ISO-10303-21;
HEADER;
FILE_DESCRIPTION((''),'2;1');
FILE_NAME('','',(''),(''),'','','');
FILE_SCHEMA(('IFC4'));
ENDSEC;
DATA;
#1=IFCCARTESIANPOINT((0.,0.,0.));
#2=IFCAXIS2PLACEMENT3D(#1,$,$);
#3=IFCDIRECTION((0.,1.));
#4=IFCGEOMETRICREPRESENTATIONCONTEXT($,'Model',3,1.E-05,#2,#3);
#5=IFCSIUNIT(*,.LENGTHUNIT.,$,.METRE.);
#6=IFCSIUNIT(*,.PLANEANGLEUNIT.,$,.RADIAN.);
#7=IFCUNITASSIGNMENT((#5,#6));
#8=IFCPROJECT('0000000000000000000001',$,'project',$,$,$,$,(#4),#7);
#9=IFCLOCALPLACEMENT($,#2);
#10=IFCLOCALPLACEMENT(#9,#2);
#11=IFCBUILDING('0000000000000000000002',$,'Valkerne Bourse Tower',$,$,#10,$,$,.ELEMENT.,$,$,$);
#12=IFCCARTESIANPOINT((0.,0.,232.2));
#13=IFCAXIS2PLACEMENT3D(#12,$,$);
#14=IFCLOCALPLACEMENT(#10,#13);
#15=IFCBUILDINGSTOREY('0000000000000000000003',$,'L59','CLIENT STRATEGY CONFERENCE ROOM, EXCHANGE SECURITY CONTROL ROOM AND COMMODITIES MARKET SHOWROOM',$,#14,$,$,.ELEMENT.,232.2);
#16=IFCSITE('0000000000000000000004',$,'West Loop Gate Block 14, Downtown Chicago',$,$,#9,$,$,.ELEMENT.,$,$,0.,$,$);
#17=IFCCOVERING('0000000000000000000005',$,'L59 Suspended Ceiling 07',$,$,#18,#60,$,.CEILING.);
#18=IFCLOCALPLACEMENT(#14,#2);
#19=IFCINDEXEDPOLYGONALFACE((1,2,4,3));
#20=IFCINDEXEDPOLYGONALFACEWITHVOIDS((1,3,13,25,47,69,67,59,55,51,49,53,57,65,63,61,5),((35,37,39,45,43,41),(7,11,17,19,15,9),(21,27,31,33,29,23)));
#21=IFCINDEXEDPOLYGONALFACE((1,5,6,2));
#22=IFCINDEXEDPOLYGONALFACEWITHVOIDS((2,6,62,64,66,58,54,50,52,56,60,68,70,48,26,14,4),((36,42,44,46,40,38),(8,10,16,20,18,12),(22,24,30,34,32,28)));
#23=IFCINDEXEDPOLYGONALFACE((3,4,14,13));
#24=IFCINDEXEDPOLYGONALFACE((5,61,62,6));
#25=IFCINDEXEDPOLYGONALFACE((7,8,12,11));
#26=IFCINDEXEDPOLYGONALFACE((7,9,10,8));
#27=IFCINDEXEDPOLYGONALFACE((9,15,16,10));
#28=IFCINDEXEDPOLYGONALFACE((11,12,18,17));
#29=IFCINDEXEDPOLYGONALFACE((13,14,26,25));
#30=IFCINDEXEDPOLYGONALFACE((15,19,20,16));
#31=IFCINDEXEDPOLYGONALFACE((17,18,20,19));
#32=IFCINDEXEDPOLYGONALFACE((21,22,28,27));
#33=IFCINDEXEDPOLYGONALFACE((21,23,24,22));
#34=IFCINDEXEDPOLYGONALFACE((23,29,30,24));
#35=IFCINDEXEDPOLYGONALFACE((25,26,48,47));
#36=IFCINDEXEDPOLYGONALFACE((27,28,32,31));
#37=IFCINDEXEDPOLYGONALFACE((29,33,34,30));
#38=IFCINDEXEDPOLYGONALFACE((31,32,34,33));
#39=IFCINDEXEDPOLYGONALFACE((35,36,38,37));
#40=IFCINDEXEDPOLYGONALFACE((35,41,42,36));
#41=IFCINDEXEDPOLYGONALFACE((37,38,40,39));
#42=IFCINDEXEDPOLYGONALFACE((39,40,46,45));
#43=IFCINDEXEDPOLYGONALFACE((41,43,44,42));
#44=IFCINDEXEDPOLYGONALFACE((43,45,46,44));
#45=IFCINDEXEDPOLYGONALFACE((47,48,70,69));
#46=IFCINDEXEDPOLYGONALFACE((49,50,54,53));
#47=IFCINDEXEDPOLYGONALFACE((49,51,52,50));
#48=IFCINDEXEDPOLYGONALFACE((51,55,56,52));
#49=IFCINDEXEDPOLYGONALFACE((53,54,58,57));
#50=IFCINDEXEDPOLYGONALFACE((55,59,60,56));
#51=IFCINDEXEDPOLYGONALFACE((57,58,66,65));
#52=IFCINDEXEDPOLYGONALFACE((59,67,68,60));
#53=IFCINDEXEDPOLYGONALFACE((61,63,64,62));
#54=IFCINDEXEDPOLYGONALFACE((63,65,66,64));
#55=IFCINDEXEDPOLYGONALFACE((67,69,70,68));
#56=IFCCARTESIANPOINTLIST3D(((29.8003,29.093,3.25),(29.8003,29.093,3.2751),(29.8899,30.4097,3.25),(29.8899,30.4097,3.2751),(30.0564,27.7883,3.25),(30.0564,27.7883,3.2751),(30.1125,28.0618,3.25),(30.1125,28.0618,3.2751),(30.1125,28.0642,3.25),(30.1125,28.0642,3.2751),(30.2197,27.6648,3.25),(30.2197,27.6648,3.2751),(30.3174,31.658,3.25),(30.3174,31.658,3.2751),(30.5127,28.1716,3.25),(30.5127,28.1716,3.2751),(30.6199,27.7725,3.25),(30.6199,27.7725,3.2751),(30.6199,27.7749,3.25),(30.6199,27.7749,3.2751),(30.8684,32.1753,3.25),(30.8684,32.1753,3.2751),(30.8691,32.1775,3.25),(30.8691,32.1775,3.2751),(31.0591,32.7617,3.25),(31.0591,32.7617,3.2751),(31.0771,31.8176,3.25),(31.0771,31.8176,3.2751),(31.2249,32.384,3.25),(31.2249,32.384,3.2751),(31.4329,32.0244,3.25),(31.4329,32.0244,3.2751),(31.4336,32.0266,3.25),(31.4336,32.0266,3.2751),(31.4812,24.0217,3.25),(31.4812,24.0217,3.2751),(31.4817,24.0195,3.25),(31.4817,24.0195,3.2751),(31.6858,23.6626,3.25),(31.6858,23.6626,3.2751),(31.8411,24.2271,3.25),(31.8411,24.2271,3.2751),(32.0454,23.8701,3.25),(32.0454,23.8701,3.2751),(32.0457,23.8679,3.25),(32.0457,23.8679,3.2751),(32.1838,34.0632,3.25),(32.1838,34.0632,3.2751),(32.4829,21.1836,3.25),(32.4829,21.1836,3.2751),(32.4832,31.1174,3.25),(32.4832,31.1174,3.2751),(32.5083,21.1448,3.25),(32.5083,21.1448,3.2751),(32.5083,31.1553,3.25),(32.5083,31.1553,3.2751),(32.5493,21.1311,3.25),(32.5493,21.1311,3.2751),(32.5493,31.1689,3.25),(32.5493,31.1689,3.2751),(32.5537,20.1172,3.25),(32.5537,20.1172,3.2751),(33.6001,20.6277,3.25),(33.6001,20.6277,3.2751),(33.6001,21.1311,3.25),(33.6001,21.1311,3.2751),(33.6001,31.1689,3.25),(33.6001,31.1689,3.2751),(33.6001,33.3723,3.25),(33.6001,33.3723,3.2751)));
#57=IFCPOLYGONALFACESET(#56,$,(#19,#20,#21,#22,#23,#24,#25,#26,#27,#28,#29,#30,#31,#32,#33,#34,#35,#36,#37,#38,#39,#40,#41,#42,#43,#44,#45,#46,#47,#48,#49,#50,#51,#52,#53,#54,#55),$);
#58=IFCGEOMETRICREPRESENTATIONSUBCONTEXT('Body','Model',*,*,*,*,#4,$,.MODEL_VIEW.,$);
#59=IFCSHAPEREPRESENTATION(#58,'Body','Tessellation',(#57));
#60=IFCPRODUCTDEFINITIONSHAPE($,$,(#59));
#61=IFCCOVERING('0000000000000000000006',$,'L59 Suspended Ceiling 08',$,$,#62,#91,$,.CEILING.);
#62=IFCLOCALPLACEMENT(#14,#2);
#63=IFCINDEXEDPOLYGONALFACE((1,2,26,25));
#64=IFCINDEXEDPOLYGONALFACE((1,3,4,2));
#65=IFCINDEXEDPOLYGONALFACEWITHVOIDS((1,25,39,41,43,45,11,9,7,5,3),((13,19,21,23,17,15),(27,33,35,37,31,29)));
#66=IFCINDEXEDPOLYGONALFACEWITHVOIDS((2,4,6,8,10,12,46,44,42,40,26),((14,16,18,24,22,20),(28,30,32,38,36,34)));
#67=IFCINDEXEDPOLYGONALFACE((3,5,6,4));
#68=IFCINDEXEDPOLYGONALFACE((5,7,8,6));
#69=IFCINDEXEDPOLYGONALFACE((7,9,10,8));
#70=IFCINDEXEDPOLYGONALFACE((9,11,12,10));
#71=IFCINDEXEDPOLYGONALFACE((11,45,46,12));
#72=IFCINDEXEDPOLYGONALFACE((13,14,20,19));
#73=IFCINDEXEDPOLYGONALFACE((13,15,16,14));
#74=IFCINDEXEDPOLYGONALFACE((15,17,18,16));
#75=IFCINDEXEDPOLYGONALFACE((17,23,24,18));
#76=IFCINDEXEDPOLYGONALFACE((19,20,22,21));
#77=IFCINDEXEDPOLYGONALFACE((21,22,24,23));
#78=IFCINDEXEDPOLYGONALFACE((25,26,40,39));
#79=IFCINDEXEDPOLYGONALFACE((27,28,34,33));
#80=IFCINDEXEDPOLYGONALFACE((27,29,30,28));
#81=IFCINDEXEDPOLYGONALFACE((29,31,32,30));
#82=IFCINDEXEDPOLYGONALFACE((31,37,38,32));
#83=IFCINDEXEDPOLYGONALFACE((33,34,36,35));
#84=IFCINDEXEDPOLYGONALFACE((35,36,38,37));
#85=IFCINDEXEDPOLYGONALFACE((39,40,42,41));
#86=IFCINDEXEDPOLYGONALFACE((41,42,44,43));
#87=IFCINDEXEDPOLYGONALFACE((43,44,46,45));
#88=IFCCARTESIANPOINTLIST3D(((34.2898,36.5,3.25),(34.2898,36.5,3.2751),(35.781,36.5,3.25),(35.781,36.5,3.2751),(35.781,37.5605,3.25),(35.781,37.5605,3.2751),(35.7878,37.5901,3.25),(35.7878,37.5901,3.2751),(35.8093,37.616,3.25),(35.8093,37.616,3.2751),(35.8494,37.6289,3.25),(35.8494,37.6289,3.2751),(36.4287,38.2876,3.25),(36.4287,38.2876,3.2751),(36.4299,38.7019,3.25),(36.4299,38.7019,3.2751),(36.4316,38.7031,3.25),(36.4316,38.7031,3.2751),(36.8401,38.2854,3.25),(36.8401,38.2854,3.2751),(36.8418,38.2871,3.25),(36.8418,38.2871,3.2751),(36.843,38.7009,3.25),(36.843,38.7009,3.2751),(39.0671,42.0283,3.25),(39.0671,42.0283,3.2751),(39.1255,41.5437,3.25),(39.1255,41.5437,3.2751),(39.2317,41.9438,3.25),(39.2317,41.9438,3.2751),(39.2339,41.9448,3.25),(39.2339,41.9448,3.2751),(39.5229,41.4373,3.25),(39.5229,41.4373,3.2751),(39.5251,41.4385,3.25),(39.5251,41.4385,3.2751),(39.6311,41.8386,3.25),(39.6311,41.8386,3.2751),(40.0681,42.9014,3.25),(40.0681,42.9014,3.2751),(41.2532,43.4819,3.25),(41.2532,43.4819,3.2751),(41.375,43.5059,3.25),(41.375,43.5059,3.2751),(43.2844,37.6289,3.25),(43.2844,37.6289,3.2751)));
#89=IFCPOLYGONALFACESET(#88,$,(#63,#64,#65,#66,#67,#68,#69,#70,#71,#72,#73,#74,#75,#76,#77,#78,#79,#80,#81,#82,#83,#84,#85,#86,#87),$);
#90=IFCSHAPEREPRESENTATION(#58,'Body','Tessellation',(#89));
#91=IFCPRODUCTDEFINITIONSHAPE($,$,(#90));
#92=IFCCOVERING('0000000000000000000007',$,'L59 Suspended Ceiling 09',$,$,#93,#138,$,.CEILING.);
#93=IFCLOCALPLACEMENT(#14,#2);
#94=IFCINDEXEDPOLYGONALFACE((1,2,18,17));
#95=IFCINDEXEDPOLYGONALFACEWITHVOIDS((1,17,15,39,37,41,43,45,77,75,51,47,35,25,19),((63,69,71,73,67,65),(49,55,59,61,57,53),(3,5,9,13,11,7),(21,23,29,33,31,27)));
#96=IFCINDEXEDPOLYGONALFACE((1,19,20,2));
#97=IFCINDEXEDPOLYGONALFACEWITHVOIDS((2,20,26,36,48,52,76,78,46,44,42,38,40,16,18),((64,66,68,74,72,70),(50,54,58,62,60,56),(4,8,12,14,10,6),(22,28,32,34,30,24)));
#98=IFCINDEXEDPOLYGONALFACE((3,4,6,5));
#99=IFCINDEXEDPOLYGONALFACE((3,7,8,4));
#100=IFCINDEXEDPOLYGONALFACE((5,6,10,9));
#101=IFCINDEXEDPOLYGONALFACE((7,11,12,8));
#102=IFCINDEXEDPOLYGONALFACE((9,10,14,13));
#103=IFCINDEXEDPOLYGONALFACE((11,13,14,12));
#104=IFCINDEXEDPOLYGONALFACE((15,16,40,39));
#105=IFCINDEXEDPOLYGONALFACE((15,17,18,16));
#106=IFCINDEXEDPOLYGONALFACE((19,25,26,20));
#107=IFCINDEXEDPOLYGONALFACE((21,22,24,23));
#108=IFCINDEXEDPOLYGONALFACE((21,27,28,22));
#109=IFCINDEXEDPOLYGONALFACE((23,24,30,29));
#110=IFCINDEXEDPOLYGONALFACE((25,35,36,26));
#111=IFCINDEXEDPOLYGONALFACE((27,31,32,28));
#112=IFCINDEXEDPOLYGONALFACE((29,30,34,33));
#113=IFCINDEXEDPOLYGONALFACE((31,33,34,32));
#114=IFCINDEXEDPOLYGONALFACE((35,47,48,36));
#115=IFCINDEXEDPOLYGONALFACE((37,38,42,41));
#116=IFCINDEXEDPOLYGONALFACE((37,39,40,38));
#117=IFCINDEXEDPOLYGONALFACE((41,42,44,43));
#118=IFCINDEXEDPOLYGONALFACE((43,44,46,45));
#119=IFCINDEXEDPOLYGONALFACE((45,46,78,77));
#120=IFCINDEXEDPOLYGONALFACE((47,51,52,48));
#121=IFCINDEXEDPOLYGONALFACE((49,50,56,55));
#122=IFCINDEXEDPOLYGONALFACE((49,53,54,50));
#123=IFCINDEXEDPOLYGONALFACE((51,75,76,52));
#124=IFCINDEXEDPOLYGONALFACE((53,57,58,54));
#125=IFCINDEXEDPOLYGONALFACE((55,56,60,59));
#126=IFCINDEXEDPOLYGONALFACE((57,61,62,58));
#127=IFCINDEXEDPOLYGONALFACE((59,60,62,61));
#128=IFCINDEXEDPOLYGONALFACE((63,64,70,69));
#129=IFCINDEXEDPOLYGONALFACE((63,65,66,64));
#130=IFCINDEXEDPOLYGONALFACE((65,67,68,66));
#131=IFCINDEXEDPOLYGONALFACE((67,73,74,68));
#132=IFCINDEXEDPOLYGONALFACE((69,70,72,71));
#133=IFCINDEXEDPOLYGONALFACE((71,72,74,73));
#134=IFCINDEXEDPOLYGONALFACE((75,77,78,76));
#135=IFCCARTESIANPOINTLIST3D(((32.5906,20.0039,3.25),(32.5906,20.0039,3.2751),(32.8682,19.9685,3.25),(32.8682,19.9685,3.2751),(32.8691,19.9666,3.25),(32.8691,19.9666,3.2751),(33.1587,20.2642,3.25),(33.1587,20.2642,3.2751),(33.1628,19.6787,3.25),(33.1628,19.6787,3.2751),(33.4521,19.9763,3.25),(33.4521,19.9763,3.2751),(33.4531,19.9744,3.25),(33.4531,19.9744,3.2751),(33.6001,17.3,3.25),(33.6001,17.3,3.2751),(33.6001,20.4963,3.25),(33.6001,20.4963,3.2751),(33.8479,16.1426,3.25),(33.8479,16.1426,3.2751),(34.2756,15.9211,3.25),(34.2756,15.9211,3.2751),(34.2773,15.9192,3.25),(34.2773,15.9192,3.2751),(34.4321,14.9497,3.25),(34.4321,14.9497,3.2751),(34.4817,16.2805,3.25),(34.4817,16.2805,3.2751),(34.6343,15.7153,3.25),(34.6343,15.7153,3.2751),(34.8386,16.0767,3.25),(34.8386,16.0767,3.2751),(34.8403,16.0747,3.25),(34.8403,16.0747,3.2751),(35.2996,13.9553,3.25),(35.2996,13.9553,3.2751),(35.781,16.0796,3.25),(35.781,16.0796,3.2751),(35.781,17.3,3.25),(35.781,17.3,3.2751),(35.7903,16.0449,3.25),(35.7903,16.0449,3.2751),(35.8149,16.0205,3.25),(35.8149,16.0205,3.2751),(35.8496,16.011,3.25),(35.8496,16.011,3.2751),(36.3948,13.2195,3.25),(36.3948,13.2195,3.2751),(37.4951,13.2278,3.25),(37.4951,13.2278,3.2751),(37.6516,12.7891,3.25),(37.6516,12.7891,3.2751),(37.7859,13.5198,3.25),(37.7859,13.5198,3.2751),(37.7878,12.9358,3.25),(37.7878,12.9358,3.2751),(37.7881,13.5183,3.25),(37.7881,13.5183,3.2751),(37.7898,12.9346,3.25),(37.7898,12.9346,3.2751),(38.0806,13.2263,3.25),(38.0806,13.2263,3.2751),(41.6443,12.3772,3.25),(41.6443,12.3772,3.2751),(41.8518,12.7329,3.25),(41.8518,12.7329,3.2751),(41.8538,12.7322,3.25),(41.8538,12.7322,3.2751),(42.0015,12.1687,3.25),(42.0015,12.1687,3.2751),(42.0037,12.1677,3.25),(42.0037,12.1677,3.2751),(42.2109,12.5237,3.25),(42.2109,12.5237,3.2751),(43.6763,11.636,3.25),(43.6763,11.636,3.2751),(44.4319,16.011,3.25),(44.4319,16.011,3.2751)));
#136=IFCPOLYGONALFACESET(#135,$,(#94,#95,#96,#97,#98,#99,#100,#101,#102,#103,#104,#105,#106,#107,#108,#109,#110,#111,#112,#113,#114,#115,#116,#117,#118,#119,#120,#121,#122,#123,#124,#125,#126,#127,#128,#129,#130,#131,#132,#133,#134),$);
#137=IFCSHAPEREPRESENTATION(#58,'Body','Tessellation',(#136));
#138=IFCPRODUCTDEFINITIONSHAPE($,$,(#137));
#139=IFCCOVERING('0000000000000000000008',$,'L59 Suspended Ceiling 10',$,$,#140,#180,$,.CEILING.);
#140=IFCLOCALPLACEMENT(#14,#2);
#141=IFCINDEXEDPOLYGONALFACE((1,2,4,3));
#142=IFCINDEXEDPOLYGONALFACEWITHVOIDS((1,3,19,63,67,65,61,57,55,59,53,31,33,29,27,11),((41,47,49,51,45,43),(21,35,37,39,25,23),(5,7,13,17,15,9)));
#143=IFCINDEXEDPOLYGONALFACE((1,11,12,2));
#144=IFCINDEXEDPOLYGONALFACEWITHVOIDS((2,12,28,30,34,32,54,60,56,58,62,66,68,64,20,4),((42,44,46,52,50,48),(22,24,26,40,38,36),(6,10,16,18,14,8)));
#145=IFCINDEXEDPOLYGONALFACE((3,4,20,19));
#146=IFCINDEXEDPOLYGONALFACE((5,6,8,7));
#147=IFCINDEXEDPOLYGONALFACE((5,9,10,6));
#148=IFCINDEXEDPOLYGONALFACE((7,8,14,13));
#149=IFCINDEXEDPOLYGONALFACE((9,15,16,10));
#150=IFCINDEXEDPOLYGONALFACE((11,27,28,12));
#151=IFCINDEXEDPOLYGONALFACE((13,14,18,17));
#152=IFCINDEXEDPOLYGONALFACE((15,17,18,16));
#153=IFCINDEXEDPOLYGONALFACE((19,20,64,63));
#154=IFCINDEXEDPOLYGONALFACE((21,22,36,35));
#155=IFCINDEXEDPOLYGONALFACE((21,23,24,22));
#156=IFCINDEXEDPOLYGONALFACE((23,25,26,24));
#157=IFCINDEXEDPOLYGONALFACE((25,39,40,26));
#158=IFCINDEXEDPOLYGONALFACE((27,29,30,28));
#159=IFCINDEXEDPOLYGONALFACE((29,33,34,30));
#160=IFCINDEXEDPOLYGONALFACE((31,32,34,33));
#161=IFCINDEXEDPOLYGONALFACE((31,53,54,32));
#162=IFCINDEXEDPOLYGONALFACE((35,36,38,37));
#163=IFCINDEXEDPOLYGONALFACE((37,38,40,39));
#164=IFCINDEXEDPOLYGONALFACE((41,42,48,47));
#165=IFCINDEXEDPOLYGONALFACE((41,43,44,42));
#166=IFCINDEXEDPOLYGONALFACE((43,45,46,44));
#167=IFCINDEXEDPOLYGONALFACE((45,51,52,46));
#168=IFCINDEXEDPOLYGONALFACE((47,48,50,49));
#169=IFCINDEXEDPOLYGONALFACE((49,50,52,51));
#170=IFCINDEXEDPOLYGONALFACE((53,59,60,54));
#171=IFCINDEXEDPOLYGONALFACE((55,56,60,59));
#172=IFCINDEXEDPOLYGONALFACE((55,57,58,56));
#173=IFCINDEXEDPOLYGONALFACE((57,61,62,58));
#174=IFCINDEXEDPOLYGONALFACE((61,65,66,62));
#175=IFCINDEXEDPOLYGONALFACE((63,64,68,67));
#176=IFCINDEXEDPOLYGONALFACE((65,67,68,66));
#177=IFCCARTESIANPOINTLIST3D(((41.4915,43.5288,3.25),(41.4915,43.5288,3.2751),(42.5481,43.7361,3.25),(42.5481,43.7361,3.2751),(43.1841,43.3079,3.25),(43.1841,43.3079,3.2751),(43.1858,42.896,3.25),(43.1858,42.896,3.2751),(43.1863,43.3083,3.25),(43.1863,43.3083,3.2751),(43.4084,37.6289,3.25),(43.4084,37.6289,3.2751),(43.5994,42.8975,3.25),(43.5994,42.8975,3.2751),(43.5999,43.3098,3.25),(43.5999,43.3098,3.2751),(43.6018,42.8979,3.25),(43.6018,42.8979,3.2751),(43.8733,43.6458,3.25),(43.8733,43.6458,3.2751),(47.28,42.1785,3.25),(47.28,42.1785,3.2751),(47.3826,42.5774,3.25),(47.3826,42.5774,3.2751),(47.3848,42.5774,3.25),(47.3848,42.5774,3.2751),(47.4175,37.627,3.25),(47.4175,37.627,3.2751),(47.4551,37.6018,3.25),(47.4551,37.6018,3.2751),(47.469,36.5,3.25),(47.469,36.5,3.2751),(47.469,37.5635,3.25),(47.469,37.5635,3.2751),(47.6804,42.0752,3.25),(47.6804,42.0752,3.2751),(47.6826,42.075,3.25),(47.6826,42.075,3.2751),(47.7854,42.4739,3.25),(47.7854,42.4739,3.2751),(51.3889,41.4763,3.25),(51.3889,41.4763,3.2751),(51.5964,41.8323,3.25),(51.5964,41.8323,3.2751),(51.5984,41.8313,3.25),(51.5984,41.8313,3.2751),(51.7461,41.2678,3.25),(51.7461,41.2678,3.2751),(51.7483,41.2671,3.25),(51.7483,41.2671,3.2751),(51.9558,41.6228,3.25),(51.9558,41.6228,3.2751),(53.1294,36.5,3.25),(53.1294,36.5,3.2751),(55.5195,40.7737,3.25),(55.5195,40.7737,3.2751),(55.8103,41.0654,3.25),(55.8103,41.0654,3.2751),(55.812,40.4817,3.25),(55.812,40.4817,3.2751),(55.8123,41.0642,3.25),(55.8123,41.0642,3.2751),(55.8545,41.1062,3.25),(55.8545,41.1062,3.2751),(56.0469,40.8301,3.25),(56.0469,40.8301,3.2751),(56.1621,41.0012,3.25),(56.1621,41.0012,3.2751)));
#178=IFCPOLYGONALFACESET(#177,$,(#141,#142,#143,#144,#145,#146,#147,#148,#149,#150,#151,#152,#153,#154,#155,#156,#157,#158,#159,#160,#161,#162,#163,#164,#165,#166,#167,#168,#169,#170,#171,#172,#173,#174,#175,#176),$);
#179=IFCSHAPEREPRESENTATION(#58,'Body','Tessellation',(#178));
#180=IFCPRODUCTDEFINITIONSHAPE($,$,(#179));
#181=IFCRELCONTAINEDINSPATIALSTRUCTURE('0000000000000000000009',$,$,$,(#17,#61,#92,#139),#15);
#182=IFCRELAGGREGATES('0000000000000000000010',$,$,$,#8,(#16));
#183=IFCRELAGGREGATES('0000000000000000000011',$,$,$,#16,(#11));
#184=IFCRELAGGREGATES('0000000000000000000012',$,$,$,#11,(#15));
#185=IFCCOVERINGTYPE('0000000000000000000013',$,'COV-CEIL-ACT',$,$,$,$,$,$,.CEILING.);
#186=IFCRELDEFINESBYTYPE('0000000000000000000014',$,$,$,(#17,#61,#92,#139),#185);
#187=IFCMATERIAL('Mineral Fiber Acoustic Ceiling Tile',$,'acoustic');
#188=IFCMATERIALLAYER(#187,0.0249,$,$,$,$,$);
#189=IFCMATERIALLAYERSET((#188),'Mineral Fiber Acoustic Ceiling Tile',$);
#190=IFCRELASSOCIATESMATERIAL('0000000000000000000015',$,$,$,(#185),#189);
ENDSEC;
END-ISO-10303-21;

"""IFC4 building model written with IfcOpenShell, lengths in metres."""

from ifc_helpers import new_model, si_unit, direction, frame, origin, place, context, subcontext, project, spatial, polyline, outline, extrude, material, layer, layer_set, type_object, element, save


model = new_model("IFC4")

# Units and contexts
model_context = context("Model", 3, precision=1e-05, world=origin(), true_north=direction((0.0, 1.0)))
body_context = subcontext(model_context, "Body", "Model", "MODEL_VIEW")
ifc_project = project(units=[si_unit("LENGTHUNIT", "METRE"), si_unit("PLANEANGLEUNIT", "RADIAN")], contexts=[model_context])

# Site, building, storey
site_placement = place(None, origin())
site = spatial("IfcSite", under=ifc_project, at=site_placement, Name="West Loop Gate Block 14, Downtown Chicago", CompositionType="ELEMENT", RefElevation=0.0)
building_placement = place(site_placement, origin())
building = spatial("IfcBuilding", under=site, at=building_placement, Name="Valkerne Bourse Tower", CompositionType="ELEMENT")
storey_placement = place(building_placement, frame((0.0, 0.0, 232.2)))
storey = spatial("IfcBuildingStorey", under=building, at=storey_placement, Name="L59", Description="CLIENT STRATEGY CONFERENCE ROOM, EXCHANGE SECURITY CONTROL ROOM AND COMMODITIES MARKET SHOWROOM", CompositionType="ELEMENT", Elevation=232.2)

# Coverings
ifc_material_1 = material(Name="Mineral Fiber Acoustic Ceiling Tile", Category="acoustic")
ifc_layer_1 = layer(ifc_material_1, 0.0249)
ifc_layer_set_1 = layer_set([ifc_layer_1], Name="Mineral Fiber Acoustic Ceiling Tile")
covering_type_1 = type_object("IfcCoveringType", Name="COV-CEIL-ACT", PredefinedType="CEILING", material=ifc_layer_set_1)
covering_1_placement = place(storey_placement, frame((0.0, 0.0, 3.25)))
element("IfcCovering", 1, at=covering_1_placement, inside=storey, type_object=covering_type_1, Name="L59 Suspended Ceiling 07", PredefinedType="CEILING", context=body_context, shape_type="SweptSolid", body=[
    extrude(outline(polyline([(29.8899, 30.4097), (30.3174, 31.658), (31.0591, 32.7617), (32.1838, 34.0632), (33.6001, 33.3723), (33.6001, 31.1689), (32.5493, 31.1689), (32.5083, 31.1553), (32.4832, 31.1174), (32.4829, 21.1836), (32.5083, 21.1448), (32.5493, 21.1311), (33.6001, 21.1311), (33.6001, 20.6277), (32.5537, 20.1172), (30.0564, 27.7883), (29.8003, 29.093), (29.8899, 30.4097)]), holes=[polyline([(32.0454, 23.8701), (31.8411, 24.2271), (31.4812, 24.0217), (31.4817, 24.0195), (31.6858, 23.6626), (32.0457, 23.8679), (32.0454, 23.8701)]), polyline([(30.6199, 27.7749), (30.5127, 28.1716), (30.1125, 28.0642), (30.1125, 28.0618), (30.2197, 27.6648), (30.6199, 27.7725), (30.6199, 27.7749)]), polyline([(31.4336, 32.0266), (31.2249, 32.384), (30.8691, 32.1775), (30.8684, 32.1753), (31.0771, 31.8176), (31.4329, 32.0244), (31.4336, 32.0266)])]), origin(), (0.0, 0.0, 1.0), 0.0251),
])
covering_2_placement = place(storey_placement, frame((0.0, 0.0, 3.25)))
element("IfcCovering", 2, at=covering_2_placement, inside=storey, type_object=covering_type_1, Name="L59 Suspended Ceiling 08", PredefinedType="CEILING", context=body_context, shape_type="SweptSolid", body=[
    extrude(outline(polyline([(41.2532, 43.4819), (41.375, 43.5059), (43.2844, 37.6289), (35.8494, 37.6289), (35.8093, 37.616), (35.7878, 37.5901), (35.781, 37.5605), (35.781, 36.5), (34.2898, 36.5), (39.0671, 42.0283), (40.0681, 42.9014), (41.2532, 43.4819)]), holes=[polyline([(36.8418, 38.2871), (36.843, 38.7009), (36.4316, 38.7031), (36.4299, 38.7019), (36.4287, 38.2876), (36.8401, 38.2854), (36.8418, 38.2871)]), polyline([(39.5251, 41.4385), (39.6311, 41.8386), (39.2339, 41.9448), (39.2317, 41.9438), (39.1255, 41.5437), (39.5229, 41.4373), (39.5251, 41.4385)])]), origin(), (0.0, 0.0, 1.0), 0.0251),
])
covering_3_placement = place(storey_placement, frame((0.0, 0.0, 3.25)))
element("IfcCovering", 3, at=covering_3_placement, inside=storey, type_object=covering_type_1, Name="L59 Suspended Ceiling 09", PredefinedType="CEILING", context=body_context, shape_type="SweptSolid", body=[
    extrude(outline(polyline([(35.2996, 13.9553), (34.4321, 14.9497), (33.8479, 16.1426), (32.5906, 20.0039), (33.6001, 20.4963), (33.6001, 17.3), (35.781, 17.3), (35.781, 16.0796), (35.7903, 16.0449), (35.8149, 16.0205), (35.8496, 16.011), (44.4319, 16.011), (43.6763, 11.636), (37.6516, 12.7891), (36.3948, 13.2195), (35.2996, 13.9553)]), holes=[polyline([(41.8538, 12.7322), (41.8518, 12.7329), (41.6443, 12.3772), (42.0015, 12.1687), (42.0037, 12.1677), (42.2109, 12.5237), (41.8538, 12.7322)]), polyline([(37.7881, 13.5183), (37.7859, 13.5198), (37.4951, 13.2278), (37.7878, 12.9358), (37.7898, 12.9346), (38.0806, 13.2263), (37.7881, 13.5183)]), polyline([(34.8386, 16.0767), (34.4817, 16.2805), (34.2756, 15.9211), (34.2773, 15.9192), (34.6343, 15.7153), (34.8403, 16.0747), (34.8386, 16.0767)]), polyline([(33.4521, 19.9763), (33.1587, 20.2642), (32.8682, 19.9685), (32.8691, 19.9666), (33.1628, 19.6787), (33.4531, 19.9744), (33.4521, 19.9763)])]), origin(), (0.0, 0.0, 1.0), 0.0251),
])
covering_4_placement = place(storey_placement, frame((0.0, 0.0, 3.25)))
element("IfcCovering", 4, at=covering_4_placement, inside=storey, type_object=covering_type_1, Name="L59 Suspended Ceiling 10", PredefinedType="CEILING", context=body_context, shape_type="SweptSolid", body=[
    extrude(outline(polyline([(55.8545, 41.1062), (56.1621, 41.0012), (56.0469, 40.8301), (55.8123, 41.0642), (55.8103, 41.0654), (55.5195, 40.7737), (55.812, 40.4817), (55.812, 40.4817), (53.1294, 36.5), (47.469, 36.5), (47.469, 37.5635), (47.4551, 37.6018), (47.4175, 37.627), (43.4084, 37.6289), (41.4915, 43.5288), (42.5481, 43.7361), (43.8733, 43.6458), (55.8545, 41.1062)]), holes=[polyline([(43.6018, 42.8979), (43.5999, 43.3098), (43.1863, 43.3083), (43.1841, 43.3079), (43.1858, 42.896), (43.5994, 42.8975), (43.6018, 42.8979)]), polyline([(51.5984, 41.8313), (51.5964, 41.8323), (51.3889, 41.4763), (51.7461, 41.2678), (51.7483, 41.2671), (51.9558, 41.6228), (51.5984, 41.8313)]), polyline([(47.7854, 42.4739), (47.3848, 42.5774), (47.3826, 42.5774), (47.28, 42.1785), (47.6804, 42.0752), (47.6826, 42.075), (47.7854, 42.4739)])]), origin(), (0.0, 0.0, 1.0), 0.0251),
])

save(model, "model.ifc")
